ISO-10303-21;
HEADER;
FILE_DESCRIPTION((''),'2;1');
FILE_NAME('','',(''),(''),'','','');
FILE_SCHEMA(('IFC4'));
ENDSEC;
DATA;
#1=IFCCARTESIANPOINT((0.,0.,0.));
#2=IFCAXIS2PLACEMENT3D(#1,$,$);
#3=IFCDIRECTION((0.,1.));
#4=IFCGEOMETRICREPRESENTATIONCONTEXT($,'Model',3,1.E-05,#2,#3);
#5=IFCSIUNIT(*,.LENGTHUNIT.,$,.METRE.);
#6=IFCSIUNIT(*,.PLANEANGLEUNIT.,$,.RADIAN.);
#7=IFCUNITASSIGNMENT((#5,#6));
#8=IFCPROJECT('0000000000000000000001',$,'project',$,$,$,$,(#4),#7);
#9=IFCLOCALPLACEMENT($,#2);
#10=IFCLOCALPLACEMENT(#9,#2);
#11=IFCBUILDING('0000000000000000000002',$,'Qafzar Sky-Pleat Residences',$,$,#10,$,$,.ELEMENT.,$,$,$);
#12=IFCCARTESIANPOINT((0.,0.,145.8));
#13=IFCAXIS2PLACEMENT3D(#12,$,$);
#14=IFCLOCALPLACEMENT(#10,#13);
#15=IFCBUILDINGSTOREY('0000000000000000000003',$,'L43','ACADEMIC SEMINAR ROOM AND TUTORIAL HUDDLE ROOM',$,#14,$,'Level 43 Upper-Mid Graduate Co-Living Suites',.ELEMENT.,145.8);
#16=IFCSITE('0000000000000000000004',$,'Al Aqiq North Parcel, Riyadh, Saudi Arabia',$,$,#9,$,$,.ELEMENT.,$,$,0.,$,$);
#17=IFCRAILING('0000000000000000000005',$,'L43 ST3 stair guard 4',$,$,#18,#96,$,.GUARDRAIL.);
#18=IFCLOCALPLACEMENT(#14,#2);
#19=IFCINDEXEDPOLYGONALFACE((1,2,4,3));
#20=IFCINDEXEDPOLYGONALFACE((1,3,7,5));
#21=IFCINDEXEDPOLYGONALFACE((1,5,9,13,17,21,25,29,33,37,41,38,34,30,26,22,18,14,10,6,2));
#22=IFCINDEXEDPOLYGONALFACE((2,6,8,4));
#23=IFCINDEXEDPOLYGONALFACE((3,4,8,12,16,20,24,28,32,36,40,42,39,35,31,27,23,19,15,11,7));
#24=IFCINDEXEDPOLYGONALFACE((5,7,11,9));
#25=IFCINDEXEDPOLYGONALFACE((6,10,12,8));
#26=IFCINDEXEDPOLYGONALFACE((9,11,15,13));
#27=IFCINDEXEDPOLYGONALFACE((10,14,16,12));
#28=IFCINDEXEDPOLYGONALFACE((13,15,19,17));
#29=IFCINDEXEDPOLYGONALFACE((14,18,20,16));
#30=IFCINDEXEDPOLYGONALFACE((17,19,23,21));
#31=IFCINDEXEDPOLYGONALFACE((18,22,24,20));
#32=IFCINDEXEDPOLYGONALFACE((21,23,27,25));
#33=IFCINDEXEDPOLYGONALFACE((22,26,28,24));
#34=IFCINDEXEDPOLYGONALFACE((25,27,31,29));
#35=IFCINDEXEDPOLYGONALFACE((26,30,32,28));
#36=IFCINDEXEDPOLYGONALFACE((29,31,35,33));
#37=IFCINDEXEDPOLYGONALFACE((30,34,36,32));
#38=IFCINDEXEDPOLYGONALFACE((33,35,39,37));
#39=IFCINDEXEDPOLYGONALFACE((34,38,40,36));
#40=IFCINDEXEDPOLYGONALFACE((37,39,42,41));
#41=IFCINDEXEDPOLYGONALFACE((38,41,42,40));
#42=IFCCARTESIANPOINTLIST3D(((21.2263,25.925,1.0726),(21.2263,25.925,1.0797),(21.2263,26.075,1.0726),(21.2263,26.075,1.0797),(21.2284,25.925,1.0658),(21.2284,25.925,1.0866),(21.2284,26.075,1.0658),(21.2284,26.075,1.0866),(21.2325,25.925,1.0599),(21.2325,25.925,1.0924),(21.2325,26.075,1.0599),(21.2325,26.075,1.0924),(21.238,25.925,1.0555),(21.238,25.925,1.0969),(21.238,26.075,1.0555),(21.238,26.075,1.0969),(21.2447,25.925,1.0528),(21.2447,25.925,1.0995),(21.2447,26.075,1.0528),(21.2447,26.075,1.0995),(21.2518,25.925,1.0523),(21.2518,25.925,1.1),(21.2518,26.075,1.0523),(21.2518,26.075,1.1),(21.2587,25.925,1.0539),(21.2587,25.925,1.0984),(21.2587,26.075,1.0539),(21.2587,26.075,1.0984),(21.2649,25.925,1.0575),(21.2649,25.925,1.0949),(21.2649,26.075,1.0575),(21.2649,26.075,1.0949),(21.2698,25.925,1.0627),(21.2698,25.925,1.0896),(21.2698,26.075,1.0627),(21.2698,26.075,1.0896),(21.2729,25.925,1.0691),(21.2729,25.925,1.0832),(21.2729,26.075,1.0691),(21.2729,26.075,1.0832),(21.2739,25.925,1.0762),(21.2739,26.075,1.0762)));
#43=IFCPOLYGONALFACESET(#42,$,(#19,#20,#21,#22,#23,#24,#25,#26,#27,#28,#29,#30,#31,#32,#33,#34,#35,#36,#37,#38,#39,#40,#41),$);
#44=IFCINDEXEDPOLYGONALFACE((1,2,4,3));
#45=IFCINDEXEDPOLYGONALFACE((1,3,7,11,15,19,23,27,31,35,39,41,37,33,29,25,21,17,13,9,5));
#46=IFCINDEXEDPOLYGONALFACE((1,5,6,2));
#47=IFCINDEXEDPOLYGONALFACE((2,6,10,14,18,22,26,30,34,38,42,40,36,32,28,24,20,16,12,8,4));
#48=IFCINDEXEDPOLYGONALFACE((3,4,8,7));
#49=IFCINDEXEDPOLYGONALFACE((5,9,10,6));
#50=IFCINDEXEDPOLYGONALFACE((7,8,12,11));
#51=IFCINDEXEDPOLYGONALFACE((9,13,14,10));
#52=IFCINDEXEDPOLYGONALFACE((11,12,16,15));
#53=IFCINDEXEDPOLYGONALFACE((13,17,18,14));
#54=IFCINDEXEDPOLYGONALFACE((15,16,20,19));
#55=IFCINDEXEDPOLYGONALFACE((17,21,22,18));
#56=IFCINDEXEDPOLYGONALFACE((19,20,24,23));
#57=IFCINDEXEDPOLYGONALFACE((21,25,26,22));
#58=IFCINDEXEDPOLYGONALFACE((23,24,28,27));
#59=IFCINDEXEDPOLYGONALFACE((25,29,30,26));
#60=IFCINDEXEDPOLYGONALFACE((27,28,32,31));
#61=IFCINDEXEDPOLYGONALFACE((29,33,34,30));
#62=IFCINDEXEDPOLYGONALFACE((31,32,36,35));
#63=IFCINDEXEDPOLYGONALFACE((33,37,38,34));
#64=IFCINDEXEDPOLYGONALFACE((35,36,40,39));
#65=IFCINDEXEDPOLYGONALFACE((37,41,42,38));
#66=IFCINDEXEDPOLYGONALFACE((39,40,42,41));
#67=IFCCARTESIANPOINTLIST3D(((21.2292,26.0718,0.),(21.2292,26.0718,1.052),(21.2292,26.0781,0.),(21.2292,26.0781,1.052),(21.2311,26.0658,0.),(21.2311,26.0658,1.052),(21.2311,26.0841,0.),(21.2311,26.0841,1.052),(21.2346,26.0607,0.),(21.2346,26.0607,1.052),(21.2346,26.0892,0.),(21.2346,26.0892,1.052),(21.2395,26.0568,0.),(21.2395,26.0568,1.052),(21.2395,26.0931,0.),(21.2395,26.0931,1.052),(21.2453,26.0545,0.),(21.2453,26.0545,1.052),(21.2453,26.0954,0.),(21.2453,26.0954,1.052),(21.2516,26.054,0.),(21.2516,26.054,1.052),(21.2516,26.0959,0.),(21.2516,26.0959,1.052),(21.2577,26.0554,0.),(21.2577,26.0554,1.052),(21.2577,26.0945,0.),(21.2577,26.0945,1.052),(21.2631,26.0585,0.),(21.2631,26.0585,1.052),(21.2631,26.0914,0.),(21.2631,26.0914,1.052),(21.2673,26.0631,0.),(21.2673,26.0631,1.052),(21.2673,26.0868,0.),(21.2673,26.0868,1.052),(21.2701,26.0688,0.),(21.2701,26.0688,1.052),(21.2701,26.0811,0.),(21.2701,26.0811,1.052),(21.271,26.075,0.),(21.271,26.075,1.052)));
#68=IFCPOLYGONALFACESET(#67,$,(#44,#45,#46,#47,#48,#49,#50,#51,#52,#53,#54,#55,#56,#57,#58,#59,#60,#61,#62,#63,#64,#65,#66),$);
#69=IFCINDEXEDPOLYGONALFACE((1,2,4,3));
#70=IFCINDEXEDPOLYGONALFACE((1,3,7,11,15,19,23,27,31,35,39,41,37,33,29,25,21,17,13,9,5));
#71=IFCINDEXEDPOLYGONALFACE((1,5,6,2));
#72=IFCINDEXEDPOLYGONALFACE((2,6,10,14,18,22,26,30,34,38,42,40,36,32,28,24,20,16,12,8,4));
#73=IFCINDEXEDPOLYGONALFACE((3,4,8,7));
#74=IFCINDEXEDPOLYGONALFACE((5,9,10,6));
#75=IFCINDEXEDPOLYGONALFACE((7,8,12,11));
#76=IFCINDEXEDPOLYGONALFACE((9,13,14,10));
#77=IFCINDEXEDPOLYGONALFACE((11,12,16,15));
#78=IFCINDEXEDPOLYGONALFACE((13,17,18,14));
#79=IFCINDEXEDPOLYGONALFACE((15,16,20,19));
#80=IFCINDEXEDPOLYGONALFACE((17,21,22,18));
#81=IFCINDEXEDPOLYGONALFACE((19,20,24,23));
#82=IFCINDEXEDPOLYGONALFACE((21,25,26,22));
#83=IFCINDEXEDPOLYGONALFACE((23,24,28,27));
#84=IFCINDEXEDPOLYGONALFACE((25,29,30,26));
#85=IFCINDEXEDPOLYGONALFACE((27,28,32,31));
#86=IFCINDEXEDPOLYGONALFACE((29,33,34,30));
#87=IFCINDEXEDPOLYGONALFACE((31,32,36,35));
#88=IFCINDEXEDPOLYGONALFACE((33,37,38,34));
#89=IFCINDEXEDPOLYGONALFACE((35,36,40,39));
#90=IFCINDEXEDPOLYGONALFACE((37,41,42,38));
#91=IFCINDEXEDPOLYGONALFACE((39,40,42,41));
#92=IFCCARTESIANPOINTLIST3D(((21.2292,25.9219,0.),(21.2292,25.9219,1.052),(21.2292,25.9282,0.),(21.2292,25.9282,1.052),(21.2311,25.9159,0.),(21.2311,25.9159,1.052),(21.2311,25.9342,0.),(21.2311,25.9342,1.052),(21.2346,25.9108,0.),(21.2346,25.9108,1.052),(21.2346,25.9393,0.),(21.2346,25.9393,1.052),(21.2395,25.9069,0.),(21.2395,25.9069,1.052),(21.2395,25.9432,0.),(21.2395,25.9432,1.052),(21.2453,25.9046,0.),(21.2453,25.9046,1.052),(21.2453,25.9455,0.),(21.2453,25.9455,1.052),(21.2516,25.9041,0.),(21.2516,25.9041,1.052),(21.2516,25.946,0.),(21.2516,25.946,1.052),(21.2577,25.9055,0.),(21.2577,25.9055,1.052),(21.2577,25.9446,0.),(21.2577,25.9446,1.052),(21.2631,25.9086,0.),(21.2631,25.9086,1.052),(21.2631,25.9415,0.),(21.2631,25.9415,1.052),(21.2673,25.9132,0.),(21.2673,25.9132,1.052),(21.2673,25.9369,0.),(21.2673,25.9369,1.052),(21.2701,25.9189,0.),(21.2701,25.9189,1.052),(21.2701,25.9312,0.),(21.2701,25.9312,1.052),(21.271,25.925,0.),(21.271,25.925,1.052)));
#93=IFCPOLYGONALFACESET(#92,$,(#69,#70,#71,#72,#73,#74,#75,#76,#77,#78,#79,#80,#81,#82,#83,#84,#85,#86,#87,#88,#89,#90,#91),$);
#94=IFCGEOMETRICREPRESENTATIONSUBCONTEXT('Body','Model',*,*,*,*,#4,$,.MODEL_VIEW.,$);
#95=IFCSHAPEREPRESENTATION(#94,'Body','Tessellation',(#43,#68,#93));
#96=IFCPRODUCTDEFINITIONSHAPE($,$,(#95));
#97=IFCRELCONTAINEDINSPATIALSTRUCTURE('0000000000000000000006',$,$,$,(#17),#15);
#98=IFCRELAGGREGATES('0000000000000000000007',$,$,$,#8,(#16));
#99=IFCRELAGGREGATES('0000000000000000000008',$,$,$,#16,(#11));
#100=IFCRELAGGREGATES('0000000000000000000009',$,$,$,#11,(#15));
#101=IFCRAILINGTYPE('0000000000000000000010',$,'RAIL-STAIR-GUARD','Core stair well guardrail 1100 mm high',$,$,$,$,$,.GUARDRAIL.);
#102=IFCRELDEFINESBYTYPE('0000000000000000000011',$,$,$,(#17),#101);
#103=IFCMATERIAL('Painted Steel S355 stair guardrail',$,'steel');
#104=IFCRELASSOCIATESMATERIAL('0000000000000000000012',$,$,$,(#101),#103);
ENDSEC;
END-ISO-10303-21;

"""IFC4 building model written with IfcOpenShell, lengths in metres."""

from ifc_helpers import new_model, si_unit, direction, frame, origin, origin_2d, place, context, subcontext, project, spatial, circle, extrude, source, transform, mapped, material, type_object, element, save


model = new_model("IFC4")

# Units and contexts
model_context = context("Model", 3, precision=1e-05, world=origin(), true_north=direction((0.0, 1.0)))
body_context = subcontext(model_context, "Body", "Model", "MODEL_VIEW")
ifc_project = project(units=[si_unit("LENGTHUNIT", "METRE"), si_unit("PLANEANGLEUNIT", "RADIAN")], contexts=[model_context])

# Site, building, storey
site_placement = place(None, origin())
site = spatial("IfcSite", under=ifc_project, at=site_placement, Name="Al Aqiq North Parcel, Riyadh, Saudi Arabia", CompositionType="ELEMENT", RefElevation=0.0)
building_placement = place(site_placement, origin())
building = spatial("IfcBuilding", under=site, at=building_placement, Name="Qafzar Sky-Pleat Residences", CompositionType="ELEMENT")
storey_placement = place(building_placement, frame((0.0, 0.0, 145.8)))
storey = spatial("IfcBuildingStorey", under=building, at=storey_placement, Name="L43", Description="ACADEMIC SEMINAR ROOM AND TUTORIAL HUDDLE ROOM", LongName="Level 43 Upper-Mid Graduate Co-Living Suites", CompositionType="ELEMENT", Elevation=145.8)

# Railing
ifc_material_1 = material(Name="Painted Steel S355 stair guardrail", Category="steel")
railing_type_1 = type_object("IfcRailingType", Name="RAIL-STAIR-GUARD", Description="Core stair well guardrail 1100 mm high", PredefinedType="GUARDRAIL", material=ifc_material_1)
shared_shape_1 = source(origin(), body_context, "Body", "SweptSolid", [
    extrude(circle(Radius=0.0239, at=origin_2d()), frame((0.0, 0.0, 1.0762), z_axis=(0.0, -1.0, 0.0), x_axis=(1.0, 0.0, 0.0)), (0.0, 0.0, 1.0), 0.1499),
    extrude(circle(Radius=0.021, at=origin_2d()), origin(), (0.0, 0.0, 1.0), 1.052),
    extrude(circle(Radius=0.021, at=origin_2d()), frame((0.0, -0.1499, 0.0)), (0.0, 0.0, 1.0), 1.052),
])
for number, where, name in (
    (1, (21.25, 26.075, 0.0), "L43 ST3 stair guard 4"),
):
    element("IfcRailing", number, at=place(storey_placement, frame(where)), inside=storey, type_object=railing_type_1, Name=name, PredefinedType="GUARDRAIL", context=body_context, shape_type="MappedRepresentation", body=[
        mapped(shared_shape_1, transform((0.0, 0.0, 0.0), x_axis=(1.0, 0.0, 0.0), y_axis=(0.0, 1.0, 0.0), z_axis=(0.0, 0.0, 1.0), scale=1.0)),
    ])

save(model, "model.ifc")
